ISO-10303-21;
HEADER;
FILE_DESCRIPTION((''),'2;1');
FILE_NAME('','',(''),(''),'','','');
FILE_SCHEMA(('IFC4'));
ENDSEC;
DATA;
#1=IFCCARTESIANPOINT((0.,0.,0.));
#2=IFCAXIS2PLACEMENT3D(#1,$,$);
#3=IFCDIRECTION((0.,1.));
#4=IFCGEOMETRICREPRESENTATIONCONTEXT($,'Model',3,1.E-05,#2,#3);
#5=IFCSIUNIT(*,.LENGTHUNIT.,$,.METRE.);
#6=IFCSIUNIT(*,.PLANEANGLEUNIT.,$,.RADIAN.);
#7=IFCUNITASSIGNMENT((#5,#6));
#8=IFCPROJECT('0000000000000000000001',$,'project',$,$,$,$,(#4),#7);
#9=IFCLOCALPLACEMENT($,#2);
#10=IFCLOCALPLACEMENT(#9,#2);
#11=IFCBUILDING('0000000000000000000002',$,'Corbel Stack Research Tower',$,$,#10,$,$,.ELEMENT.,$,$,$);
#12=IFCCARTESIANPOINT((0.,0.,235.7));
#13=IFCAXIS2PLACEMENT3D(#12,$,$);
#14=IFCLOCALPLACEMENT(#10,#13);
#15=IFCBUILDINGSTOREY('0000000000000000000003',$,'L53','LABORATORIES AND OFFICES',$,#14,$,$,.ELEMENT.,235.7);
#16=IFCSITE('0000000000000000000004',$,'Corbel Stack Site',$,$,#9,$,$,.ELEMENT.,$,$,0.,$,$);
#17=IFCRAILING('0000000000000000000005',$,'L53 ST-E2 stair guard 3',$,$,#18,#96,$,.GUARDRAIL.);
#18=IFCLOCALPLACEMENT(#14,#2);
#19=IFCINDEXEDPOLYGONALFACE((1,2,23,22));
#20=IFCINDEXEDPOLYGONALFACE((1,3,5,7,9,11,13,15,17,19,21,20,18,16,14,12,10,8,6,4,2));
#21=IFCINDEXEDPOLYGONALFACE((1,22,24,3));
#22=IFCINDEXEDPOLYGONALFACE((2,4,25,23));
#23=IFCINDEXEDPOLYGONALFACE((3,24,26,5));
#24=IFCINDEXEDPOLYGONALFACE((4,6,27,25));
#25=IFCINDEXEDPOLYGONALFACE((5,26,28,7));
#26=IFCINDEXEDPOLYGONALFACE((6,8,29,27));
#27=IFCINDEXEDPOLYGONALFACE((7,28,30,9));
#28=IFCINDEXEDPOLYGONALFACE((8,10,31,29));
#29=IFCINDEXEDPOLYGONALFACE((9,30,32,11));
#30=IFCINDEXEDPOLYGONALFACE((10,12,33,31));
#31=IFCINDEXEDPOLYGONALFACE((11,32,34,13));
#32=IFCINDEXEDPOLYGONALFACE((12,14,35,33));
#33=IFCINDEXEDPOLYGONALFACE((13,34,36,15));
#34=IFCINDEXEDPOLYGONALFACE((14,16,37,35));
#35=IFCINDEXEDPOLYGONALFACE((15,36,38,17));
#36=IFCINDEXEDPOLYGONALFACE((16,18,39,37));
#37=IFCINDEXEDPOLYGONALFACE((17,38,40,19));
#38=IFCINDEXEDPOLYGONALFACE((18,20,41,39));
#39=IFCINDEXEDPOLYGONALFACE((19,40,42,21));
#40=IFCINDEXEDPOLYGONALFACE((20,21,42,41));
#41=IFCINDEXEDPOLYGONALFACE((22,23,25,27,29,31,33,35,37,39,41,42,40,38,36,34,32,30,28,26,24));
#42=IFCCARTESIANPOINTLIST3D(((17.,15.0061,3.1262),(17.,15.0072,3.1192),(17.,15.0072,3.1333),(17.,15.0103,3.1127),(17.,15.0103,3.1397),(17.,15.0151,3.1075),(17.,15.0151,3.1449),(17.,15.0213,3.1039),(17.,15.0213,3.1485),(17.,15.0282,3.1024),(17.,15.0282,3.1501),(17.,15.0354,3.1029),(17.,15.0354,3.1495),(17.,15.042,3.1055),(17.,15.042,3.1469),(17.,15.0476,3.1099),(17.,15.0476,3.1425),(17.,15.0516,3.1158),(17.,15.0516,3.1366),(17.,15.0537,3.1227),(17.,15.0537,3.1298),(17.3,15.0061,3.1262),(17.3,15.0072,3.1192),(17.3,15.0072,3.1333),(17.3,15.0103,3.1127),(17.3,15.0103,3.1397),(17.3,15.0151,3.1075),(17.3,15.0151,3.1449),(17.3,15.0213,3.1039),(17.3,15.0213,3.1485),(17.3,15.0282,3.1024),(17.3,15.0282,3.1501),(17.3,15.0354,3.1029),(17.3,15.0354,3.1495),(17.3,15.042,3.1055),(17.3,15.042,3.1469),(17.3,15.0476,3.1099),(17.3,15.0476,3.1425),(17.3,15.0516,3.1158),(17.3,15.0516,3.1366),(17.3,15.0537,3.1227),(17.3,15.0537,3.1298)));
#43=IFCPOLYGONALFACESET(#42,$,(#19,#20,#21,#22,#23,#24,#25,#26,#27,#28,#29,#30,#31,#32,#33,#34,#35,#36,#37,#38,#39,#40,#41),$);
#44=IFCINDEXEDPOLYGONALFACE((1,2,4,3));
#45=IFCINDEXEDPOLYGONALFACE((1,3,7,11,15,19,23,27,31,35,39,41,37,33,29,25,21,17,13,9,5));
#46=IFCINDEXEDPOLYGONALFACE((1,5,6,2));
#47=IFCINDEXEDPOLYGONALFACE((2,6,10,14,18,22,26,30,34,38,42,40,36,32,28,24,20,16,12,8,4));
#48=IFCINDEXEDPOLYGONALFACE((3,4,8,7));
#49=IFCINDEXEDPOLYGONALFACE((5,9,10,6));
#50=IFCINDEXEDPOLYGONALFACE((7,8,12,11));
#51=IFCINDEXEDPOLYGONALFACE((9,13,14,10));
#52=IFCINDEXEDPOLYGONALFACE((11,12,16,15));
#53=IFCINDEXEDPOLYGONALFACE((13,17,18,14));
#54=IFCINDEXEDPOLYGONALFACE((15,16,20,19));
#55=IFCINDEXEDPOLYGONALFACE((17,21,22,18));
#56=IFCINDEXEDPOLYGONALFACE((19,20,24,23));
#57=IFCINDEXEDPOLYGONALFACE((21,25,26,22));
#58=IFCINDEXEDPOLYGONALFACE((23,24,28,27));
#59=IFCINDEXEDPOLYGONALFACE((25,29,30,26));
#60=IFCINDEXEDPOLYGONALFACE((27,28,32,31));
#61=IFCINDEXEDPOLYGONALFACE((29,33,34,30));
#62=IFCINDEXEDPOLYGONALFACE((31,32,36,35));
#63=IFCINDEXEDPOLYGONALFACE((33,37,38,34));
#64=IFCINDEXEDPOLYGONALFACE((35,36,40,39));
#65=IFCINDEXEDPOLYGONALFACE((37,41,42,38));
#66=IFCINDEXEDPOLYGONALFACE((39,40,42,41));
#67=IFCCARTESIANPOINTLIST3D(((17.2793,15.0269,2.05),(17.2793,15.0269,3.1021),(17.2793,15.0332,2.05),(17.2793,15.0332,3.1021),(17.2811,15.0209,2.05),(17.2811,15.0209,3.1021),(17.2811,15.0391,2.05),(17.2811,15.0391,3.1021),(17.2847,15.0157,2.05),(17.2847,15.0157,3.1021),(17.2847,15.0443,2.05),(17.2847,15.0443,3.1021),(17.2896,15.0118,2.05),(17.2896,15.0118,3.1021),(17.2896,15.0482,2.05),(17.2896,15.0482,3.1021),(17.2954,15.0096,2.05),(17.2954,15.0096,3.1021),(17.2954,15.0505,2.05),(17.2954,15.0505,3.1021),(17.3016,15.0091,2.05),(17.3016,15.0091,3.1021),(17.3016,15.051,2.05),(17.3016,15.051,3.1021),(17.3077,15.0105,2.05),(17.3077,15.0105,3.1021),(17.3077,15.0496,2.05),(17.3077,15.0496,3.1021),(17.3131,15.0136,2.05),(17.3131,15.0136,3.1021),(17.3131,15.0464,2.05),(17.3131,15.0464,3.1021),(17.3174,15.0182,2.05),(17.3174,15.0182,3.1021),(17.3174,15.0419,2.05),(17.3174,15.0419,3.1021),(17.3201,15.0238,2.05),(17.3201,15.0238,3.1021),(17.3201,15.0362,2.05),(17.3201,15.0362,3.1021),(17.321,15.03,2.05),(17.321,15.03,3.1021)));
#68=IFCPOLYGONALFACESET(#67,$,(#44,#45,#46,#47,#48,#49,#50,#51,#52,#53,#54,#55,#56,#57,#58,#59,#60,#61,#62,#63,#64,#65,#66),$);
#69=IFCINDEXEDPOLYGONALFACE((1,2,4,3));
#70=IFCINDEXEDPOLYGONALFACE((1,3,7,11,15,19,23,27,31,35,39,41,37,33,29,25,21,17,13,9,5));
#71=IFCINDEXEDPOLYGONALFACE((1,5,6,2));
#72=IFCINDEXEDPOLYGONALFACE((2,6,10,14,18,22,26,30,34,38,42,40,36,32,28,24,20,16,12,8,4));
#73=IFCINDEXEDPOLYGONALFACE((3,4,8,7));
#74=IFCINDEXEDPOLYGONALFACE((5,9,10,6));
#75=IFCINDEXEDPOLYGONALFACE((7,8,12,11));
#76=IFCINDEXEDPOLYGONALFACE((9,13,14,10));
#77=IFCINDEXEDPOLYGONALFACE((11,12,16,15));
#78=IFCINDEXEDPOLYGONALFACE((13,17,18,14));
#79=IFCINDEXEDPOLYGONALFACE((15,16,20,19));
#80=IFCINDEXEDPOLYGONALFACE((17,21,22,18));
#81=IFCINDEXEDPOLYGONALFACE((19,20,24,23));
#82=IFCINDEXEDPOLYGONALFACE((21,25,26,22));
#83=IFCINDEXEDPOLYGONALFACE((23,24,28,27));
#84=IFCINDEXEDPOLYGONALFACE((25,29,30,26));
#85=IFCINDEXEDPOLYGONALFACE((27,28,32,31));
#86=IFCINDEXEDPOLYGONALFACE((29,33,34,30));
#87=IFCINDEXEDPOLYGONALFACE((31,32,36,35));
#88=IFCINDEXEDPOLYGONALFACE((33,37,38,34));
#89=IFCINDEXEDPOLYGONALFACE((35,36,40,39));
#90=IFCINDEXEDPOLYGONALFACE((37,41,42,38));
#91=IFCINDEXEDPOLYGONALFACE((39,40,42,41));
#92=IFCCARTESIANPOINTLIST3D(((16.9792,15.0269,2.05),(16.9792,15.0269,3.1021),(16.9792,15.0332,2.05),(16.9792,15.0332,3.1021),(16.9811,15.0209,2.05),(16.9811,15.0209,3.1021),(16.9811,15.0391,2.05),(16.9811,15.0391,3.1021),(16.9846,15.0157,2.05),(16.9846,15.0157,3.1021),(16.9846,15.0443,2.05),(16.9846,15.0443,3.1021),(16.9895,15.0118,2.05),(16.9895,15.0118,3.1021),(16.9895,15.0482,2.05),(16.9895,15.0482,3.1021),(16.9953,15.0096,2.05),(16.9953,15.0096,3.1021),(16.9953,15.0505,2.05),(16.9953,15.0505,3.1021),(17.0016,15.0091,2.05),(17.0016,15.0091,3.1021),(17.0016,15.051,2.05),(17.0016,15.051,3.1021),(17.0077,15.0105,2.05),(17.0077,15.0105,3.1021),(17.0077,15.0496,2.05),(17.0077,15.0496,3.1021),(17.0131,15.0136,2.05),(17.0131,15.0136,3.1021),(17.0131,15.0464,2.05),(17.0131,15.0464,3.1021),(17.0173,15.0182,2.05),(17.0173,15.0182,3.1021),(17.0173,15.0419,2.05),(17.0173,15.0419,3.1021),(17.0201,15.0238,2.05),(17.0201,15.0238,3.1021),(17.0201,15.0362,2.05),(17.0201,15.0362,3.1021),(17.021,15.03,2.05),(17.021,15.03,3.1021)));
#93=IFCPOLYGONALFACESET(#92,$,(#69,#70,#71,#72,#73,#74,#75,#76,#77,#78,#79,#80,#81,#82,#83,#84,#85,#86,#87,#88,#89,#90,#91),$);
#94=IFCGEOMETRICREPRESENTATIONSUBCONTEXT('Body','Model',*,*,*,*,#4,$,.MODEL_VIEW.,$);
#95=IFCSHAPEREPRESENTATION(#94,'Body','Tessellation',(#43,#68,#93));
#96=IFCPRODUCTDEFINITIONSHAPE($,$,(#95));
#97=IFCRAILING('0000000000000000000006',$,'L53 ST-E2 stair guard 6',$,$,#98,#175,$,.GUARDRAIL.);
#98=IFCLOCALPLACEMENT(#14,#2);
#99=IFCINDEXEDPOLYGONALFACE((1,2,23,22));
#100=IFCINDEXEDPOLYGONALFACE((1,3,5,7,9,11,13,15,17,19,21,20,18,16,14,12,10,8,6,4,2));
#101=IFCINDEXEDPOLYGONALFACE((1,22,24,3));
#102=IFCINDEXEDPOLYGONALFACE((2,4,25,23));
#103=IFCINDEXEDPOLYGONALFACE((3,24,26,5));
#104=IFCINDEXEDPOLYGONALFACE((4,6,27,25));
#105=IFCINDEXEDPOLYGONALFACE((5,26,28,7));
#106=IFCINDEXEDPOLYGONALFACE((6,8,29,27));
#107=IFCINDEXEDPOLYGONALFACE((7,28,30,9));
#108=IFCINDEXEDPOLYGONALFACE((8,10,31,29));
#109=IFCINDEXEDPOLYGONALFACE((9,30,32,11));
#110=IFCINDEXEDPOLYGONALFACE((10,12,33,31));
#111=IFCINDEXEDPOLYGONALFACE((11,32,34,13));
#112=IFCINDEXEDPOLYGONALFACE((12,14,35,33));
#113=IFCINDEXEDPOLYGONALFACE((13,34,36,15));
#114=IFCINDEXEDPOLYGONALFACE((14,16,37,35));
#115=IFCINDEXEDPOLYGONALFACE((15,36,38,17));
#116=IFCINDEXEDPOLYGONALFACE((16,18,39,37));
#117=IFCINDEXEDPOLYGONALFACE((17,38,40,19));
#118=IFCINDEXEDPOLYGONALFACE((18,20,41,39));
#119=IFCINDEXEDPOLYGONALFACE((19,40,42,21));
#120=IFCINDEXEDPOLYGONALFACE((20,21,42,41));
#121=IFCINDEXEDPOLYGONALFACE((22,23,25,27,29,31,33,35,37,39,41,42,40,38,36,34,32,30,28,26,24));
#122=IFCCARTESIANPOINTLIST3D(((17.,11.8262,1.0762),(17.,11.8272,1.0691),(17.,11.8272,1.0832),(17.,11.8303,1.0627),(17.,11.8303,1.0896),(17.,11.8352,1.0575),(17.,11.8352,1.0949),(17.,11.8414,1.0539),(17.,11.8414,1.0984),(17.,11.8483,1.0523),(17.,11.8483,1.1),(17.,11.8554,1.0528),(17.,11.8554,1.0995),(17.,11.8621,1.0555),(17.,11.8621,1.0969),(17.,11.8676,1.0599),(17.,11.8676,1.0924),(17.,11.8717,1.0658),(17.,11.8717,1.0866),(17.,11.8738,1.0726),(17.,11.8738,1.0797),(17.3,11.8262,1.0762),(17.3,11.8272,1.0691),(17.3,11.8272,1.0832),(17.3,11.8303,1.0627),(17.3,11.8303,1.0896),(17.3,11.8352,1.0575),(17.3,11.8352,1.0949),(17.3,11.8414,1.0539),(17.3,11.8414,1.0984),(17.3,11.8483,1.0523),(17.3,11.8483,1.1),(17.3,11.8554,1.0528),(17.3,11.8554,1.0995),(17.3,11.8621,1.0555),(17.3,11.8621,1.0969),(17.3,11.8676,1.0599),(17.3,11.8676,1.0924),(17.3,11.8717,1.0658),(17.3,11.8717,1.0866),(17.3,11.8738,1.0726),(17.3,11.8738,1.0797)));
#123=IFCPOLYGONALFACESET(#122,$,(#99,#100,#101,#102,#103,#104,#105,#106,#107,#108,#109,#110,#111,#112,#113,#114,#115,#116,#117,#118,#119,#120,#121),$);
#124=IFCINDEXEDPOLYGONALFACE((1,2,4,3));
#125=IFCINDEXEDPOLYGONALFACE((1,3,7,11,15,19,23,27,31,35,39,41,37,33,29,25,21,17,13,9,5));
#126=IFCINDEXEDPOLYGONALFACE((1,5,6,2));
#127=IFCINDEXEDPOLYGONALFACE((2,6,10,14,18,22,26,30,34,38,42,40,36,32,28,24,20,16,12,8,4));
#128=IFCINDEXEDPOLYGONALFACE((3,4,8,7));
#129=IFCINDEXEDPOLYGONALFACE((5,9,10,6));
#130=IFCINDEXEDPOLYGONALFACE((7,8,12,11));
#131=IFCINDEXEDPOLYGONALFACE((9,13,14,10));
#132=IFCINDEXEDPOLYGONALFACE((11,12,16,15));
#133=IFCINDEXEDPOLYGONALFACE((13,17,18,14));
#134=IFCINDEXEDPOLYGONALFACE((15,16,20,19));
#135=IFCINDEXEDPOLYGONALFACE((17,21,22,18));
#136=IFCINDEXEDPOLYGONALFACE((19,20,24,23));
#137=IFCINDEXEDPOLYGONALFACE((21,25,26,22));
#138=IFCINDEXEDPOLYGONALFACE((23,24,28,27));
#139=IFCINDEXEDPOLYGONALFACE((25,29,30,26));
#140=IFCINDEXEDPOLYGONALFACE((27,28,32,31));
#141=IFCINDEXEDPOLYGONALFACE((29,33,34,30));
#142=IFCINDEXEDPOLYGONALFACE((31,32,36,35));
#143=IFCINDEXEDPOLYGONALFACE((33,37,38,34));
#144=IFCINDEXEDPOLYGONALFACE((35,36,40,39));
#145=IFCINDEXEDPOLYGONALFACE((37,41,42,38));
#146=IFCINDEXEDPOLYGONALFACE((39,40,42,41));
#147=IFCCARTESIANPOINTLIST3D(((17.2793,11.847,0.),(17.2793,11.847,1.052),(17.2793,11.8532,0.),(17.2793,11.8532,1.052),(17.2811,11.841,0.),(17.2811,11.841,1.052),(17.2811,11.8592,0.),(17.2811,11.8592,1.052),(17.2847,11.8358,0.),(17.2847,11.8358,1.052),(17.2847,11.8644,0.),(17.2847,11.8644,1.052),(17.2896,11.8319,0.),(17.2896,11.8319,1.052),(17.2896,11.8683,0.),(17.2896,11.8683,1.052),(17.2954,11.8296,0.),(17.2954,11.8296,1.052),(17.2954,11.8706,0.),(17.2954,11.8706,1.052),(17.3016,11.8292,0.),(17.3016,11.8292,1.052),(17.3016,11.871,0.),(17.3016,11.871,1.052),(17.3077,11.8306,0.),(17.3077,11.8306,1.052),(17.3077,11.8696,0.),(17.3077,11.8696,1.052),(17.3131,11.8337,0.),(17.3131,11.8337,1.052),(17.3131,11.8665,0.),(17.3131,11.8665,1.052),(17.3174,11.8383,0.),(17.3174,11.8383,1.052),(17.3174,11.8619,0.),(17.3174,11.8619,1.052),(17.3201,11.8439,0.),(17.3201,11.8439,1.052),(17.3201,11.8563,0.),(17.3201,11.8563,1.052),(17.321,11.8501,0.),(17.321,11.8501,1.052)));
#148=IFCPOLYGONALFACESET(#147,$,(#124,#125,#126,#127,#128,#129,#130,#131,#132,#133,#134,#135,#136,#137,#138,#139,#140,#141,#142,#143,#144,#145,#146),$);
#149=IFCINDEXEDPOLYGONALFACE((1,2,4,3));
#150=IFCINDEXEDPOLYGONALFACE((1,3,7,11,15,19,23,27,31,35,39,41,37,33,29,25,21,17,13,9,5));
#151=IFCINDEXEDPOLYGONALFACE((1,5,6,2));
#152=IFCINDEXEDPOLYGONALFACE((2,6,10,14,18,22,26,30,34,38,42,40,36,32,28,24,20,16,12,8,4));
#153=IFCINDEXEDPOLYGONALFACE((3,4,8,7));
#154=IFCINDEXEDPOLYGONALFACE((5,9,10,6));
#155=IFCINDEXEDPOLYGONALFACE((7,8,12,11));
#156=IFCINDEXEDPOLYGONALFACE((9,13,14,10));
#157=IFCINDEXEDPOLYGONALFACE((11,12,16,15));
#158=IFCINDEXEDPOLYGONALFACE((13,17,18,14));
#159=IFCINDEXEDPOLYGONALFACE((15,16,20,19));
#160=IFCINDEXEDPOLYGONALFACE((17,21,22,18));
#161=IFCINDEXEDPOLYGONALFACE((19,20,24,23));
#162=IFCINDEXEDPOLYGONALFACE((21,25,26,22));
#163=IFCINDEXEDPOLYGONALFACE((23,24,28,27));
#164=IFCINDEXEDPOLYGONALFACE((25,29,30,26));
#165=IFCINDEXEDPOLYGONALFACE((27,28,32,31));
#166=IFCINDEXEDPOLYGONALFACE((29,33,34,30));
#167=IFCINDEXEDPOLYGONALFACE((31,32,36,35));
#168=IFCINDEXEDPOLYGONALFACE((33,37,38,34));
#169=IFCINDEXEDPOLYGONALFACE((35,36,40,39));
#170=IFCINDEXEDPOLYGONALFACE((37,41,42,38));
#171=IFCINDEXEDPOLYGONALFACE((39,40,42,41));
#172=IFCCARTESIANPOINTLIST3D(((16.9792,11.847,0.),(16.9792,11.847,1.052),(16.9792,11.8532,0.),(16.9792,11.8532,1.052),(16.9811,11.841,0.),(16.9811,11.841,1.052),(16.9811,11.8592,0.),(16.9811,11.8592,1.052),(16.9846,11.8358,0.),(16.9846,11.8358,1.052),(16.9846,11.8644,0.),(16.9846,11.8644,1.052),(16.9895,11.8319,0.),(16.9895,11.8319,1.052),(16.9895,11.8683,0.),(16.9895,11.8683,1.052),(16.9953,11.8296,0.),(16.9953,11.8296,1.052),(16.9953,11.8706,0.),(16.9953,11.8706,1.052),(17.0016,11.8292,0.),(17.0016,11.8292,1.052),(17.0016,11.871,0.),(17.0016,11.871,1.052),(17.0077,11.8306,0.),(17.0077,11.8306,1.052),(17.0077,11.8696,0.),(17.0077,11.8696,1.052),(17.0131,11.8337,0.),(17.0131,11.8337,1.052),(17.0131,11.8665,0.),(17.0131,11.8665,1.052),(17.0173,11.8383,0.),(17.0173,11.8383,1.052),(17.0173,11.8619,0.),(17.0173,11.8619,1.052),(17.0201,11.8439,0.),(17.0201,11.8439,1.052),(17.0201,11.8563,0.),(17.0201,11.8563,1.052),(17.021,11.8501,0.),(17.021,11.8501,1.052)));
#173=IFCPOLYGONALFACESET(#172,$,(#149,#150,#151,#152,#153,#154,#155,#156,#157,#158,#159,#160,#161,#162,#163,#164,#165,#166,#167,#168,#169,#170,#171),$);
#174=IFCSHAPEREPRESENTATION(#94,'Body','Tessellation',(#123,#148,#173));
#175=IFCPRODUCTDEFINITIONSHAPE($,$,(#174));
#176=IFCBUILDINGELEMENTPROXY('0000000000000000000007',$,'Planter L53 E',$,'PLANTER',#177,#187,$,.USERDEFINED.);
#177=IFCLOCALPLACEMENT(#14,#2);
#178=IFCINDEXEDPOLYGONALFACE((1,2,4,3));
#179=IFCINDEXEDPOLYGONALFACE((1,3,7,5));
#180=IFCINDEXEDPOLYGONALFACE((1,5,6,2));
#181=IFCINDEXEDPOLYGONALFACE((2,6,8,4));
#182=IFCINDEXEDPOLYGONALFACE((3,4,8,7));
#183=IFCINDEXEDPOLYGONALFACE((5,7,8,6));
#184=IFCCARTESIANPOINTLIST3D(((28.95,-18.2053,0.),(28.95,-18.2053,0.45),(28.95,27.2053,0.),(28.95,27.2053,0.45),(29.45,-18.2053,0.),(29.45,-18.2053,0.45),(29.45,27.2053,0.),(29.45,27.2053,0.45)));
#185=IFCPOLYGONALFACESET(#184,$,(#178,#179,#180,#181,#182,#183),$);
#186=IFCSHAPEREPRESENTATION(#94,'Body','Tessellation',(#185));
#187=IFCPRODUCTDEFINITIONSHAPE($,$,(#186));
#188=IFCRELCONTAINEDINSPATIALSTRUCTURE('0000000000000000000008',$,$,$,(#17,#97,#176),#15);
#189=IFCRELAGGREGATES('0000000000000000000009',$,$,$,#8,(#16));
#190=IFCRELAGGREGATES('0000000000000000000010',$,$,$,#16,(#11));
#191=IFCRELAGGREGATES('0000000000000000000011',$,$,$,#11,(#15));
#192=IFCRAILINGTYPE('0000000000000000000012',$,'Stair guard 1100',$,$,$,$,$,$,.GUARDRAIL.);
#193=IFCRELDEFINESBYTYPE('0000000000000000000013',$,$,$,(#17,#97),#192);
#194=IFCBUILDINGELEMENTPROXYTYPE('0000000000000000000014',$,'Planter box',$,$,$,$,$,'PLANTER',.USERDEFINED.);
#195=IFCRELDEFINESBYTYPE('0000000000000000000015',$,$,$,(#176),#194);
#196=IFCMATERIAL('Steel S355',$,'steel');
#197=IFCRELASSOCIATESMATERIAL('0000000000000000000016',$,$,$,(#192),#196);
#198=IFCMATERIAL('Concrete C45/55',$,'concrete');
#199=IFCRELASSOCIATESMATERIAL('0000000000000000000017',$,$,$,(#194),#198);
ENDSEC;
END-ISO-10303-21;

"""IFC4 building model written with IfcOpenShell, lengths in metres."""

from ifc_helpers import new_model, si_unit, direction, frame, origin, origin_2d, place, context, subcontext, project, spatial, rectangle, circle, extrude, material, type_object, element, save


model = new_model("IFC4")

# Units and contexts
model_context = context("Model", 3, precision=1e-05, world=origin(), true_north=direction((0.0, 1.0)))
body_context = subcontext(model_context, "Body", "Model", "MODEL_VIEW")
ifc_project = project(units=[si_unit("LENGTHUNIT", "METRE"), si_unit("PLANEANGLEUNIT", "RADIAN")], contexts=[model_context])

# Site, building, storey
site_placement = place(None, origin())
site = spatial("IfcSite", under=ifc_project, at=site_placement, Name="Corbel Stack Site", CompositionType="ELEMENT", RefElevation=0.0)
building_placement = place(site_placement, origin())
building = spatial("IfcBuilding", under=site, at=building_placement, Name="Corbel Stack Research Tower", CompositionType="ELEMENT")
storey_placement = place(building_placement, frame((0.0, 0.0, 235.7)))
storey = spatial("IfcBuildingStorey", under=building, at=storey_placement, Name="L53", Description="LABORATORIES AND OFFICES", CompositionType="ELEMENT", Elevation=235.7)

# Railings
ifc_material_1 = material(Name="Steel S355", Category="steel")
railing_type = type_object("IfcRailingType", Name="Stair guard 1100", PredefinedType="GUARDRAIL", material=ifc_material_1)
for number, where, name in (
    (1, (17.3, 15.03, 2.05), "L53 ST-E2 stair guard 3"),
    (2, (17.3, 11.8501, 0.0), "L53 ST-E2 stair guard 6"),
):
    element("IfcRailing", number, at=place(storey_placement, frame(where)), inside=storey, type_object=railing_type, Name=name, PredefinedType="GUARDRAIL", context=body_context, shape_type="SweptSolid", body=[
        extrude(circle(Radius=0.0239, at=origin_2d()), frame((0.0, 0.0, 1.0762), z_axis=(-1.0, 0.0, 0.0), x_axis=(0.0, -1.0, 0.0)), (0.0, 0.0, 1.0), 0.3),
        extrude(circle(Radius=0.021, at=origin_2d()), origin(), (0.0, 0.0, 1.0), 1.052),
        extrude(circle(Radius=0.021, at=origin_2d()), frame((-0.3, 0.0, 0.0)), (0.0, 0.0, 1.0), 1.052),
    ])

# Building element proxy
ifc_material_2 = material(Name="Concrete C45/55", Category="concrete")
building_element_proxy_type = type_object("IfcBuildingElementProxyType", Name="Planter box", ElementType="PLANTER", PredefinedType="USERDEFINED", material=ifc_material_2)
proxy_placement = place(storey_placement, frame((29.2, 4.5, 0.0), z_axis=(0.0, 0.0, 1.0), x_axis=(0.0, 1.0, 0.0)))
element("IfcBuildingElementProxy", 3, at=proxy_placement, inside=storey, type_object=building_element_proxy_type, Name="Planter L53 E", ObjectType="PLANTER", PredefinedType="USERDEFINED", context=body_context, shape_type="SweptSolid", body=[
    extrude(rectangle(XDim=45.4106, YDim=0.5, at=origin_2d()), origin(), (0.0, 0.0, 1.0), 0.45),
])

save(model, "model.ifc")
